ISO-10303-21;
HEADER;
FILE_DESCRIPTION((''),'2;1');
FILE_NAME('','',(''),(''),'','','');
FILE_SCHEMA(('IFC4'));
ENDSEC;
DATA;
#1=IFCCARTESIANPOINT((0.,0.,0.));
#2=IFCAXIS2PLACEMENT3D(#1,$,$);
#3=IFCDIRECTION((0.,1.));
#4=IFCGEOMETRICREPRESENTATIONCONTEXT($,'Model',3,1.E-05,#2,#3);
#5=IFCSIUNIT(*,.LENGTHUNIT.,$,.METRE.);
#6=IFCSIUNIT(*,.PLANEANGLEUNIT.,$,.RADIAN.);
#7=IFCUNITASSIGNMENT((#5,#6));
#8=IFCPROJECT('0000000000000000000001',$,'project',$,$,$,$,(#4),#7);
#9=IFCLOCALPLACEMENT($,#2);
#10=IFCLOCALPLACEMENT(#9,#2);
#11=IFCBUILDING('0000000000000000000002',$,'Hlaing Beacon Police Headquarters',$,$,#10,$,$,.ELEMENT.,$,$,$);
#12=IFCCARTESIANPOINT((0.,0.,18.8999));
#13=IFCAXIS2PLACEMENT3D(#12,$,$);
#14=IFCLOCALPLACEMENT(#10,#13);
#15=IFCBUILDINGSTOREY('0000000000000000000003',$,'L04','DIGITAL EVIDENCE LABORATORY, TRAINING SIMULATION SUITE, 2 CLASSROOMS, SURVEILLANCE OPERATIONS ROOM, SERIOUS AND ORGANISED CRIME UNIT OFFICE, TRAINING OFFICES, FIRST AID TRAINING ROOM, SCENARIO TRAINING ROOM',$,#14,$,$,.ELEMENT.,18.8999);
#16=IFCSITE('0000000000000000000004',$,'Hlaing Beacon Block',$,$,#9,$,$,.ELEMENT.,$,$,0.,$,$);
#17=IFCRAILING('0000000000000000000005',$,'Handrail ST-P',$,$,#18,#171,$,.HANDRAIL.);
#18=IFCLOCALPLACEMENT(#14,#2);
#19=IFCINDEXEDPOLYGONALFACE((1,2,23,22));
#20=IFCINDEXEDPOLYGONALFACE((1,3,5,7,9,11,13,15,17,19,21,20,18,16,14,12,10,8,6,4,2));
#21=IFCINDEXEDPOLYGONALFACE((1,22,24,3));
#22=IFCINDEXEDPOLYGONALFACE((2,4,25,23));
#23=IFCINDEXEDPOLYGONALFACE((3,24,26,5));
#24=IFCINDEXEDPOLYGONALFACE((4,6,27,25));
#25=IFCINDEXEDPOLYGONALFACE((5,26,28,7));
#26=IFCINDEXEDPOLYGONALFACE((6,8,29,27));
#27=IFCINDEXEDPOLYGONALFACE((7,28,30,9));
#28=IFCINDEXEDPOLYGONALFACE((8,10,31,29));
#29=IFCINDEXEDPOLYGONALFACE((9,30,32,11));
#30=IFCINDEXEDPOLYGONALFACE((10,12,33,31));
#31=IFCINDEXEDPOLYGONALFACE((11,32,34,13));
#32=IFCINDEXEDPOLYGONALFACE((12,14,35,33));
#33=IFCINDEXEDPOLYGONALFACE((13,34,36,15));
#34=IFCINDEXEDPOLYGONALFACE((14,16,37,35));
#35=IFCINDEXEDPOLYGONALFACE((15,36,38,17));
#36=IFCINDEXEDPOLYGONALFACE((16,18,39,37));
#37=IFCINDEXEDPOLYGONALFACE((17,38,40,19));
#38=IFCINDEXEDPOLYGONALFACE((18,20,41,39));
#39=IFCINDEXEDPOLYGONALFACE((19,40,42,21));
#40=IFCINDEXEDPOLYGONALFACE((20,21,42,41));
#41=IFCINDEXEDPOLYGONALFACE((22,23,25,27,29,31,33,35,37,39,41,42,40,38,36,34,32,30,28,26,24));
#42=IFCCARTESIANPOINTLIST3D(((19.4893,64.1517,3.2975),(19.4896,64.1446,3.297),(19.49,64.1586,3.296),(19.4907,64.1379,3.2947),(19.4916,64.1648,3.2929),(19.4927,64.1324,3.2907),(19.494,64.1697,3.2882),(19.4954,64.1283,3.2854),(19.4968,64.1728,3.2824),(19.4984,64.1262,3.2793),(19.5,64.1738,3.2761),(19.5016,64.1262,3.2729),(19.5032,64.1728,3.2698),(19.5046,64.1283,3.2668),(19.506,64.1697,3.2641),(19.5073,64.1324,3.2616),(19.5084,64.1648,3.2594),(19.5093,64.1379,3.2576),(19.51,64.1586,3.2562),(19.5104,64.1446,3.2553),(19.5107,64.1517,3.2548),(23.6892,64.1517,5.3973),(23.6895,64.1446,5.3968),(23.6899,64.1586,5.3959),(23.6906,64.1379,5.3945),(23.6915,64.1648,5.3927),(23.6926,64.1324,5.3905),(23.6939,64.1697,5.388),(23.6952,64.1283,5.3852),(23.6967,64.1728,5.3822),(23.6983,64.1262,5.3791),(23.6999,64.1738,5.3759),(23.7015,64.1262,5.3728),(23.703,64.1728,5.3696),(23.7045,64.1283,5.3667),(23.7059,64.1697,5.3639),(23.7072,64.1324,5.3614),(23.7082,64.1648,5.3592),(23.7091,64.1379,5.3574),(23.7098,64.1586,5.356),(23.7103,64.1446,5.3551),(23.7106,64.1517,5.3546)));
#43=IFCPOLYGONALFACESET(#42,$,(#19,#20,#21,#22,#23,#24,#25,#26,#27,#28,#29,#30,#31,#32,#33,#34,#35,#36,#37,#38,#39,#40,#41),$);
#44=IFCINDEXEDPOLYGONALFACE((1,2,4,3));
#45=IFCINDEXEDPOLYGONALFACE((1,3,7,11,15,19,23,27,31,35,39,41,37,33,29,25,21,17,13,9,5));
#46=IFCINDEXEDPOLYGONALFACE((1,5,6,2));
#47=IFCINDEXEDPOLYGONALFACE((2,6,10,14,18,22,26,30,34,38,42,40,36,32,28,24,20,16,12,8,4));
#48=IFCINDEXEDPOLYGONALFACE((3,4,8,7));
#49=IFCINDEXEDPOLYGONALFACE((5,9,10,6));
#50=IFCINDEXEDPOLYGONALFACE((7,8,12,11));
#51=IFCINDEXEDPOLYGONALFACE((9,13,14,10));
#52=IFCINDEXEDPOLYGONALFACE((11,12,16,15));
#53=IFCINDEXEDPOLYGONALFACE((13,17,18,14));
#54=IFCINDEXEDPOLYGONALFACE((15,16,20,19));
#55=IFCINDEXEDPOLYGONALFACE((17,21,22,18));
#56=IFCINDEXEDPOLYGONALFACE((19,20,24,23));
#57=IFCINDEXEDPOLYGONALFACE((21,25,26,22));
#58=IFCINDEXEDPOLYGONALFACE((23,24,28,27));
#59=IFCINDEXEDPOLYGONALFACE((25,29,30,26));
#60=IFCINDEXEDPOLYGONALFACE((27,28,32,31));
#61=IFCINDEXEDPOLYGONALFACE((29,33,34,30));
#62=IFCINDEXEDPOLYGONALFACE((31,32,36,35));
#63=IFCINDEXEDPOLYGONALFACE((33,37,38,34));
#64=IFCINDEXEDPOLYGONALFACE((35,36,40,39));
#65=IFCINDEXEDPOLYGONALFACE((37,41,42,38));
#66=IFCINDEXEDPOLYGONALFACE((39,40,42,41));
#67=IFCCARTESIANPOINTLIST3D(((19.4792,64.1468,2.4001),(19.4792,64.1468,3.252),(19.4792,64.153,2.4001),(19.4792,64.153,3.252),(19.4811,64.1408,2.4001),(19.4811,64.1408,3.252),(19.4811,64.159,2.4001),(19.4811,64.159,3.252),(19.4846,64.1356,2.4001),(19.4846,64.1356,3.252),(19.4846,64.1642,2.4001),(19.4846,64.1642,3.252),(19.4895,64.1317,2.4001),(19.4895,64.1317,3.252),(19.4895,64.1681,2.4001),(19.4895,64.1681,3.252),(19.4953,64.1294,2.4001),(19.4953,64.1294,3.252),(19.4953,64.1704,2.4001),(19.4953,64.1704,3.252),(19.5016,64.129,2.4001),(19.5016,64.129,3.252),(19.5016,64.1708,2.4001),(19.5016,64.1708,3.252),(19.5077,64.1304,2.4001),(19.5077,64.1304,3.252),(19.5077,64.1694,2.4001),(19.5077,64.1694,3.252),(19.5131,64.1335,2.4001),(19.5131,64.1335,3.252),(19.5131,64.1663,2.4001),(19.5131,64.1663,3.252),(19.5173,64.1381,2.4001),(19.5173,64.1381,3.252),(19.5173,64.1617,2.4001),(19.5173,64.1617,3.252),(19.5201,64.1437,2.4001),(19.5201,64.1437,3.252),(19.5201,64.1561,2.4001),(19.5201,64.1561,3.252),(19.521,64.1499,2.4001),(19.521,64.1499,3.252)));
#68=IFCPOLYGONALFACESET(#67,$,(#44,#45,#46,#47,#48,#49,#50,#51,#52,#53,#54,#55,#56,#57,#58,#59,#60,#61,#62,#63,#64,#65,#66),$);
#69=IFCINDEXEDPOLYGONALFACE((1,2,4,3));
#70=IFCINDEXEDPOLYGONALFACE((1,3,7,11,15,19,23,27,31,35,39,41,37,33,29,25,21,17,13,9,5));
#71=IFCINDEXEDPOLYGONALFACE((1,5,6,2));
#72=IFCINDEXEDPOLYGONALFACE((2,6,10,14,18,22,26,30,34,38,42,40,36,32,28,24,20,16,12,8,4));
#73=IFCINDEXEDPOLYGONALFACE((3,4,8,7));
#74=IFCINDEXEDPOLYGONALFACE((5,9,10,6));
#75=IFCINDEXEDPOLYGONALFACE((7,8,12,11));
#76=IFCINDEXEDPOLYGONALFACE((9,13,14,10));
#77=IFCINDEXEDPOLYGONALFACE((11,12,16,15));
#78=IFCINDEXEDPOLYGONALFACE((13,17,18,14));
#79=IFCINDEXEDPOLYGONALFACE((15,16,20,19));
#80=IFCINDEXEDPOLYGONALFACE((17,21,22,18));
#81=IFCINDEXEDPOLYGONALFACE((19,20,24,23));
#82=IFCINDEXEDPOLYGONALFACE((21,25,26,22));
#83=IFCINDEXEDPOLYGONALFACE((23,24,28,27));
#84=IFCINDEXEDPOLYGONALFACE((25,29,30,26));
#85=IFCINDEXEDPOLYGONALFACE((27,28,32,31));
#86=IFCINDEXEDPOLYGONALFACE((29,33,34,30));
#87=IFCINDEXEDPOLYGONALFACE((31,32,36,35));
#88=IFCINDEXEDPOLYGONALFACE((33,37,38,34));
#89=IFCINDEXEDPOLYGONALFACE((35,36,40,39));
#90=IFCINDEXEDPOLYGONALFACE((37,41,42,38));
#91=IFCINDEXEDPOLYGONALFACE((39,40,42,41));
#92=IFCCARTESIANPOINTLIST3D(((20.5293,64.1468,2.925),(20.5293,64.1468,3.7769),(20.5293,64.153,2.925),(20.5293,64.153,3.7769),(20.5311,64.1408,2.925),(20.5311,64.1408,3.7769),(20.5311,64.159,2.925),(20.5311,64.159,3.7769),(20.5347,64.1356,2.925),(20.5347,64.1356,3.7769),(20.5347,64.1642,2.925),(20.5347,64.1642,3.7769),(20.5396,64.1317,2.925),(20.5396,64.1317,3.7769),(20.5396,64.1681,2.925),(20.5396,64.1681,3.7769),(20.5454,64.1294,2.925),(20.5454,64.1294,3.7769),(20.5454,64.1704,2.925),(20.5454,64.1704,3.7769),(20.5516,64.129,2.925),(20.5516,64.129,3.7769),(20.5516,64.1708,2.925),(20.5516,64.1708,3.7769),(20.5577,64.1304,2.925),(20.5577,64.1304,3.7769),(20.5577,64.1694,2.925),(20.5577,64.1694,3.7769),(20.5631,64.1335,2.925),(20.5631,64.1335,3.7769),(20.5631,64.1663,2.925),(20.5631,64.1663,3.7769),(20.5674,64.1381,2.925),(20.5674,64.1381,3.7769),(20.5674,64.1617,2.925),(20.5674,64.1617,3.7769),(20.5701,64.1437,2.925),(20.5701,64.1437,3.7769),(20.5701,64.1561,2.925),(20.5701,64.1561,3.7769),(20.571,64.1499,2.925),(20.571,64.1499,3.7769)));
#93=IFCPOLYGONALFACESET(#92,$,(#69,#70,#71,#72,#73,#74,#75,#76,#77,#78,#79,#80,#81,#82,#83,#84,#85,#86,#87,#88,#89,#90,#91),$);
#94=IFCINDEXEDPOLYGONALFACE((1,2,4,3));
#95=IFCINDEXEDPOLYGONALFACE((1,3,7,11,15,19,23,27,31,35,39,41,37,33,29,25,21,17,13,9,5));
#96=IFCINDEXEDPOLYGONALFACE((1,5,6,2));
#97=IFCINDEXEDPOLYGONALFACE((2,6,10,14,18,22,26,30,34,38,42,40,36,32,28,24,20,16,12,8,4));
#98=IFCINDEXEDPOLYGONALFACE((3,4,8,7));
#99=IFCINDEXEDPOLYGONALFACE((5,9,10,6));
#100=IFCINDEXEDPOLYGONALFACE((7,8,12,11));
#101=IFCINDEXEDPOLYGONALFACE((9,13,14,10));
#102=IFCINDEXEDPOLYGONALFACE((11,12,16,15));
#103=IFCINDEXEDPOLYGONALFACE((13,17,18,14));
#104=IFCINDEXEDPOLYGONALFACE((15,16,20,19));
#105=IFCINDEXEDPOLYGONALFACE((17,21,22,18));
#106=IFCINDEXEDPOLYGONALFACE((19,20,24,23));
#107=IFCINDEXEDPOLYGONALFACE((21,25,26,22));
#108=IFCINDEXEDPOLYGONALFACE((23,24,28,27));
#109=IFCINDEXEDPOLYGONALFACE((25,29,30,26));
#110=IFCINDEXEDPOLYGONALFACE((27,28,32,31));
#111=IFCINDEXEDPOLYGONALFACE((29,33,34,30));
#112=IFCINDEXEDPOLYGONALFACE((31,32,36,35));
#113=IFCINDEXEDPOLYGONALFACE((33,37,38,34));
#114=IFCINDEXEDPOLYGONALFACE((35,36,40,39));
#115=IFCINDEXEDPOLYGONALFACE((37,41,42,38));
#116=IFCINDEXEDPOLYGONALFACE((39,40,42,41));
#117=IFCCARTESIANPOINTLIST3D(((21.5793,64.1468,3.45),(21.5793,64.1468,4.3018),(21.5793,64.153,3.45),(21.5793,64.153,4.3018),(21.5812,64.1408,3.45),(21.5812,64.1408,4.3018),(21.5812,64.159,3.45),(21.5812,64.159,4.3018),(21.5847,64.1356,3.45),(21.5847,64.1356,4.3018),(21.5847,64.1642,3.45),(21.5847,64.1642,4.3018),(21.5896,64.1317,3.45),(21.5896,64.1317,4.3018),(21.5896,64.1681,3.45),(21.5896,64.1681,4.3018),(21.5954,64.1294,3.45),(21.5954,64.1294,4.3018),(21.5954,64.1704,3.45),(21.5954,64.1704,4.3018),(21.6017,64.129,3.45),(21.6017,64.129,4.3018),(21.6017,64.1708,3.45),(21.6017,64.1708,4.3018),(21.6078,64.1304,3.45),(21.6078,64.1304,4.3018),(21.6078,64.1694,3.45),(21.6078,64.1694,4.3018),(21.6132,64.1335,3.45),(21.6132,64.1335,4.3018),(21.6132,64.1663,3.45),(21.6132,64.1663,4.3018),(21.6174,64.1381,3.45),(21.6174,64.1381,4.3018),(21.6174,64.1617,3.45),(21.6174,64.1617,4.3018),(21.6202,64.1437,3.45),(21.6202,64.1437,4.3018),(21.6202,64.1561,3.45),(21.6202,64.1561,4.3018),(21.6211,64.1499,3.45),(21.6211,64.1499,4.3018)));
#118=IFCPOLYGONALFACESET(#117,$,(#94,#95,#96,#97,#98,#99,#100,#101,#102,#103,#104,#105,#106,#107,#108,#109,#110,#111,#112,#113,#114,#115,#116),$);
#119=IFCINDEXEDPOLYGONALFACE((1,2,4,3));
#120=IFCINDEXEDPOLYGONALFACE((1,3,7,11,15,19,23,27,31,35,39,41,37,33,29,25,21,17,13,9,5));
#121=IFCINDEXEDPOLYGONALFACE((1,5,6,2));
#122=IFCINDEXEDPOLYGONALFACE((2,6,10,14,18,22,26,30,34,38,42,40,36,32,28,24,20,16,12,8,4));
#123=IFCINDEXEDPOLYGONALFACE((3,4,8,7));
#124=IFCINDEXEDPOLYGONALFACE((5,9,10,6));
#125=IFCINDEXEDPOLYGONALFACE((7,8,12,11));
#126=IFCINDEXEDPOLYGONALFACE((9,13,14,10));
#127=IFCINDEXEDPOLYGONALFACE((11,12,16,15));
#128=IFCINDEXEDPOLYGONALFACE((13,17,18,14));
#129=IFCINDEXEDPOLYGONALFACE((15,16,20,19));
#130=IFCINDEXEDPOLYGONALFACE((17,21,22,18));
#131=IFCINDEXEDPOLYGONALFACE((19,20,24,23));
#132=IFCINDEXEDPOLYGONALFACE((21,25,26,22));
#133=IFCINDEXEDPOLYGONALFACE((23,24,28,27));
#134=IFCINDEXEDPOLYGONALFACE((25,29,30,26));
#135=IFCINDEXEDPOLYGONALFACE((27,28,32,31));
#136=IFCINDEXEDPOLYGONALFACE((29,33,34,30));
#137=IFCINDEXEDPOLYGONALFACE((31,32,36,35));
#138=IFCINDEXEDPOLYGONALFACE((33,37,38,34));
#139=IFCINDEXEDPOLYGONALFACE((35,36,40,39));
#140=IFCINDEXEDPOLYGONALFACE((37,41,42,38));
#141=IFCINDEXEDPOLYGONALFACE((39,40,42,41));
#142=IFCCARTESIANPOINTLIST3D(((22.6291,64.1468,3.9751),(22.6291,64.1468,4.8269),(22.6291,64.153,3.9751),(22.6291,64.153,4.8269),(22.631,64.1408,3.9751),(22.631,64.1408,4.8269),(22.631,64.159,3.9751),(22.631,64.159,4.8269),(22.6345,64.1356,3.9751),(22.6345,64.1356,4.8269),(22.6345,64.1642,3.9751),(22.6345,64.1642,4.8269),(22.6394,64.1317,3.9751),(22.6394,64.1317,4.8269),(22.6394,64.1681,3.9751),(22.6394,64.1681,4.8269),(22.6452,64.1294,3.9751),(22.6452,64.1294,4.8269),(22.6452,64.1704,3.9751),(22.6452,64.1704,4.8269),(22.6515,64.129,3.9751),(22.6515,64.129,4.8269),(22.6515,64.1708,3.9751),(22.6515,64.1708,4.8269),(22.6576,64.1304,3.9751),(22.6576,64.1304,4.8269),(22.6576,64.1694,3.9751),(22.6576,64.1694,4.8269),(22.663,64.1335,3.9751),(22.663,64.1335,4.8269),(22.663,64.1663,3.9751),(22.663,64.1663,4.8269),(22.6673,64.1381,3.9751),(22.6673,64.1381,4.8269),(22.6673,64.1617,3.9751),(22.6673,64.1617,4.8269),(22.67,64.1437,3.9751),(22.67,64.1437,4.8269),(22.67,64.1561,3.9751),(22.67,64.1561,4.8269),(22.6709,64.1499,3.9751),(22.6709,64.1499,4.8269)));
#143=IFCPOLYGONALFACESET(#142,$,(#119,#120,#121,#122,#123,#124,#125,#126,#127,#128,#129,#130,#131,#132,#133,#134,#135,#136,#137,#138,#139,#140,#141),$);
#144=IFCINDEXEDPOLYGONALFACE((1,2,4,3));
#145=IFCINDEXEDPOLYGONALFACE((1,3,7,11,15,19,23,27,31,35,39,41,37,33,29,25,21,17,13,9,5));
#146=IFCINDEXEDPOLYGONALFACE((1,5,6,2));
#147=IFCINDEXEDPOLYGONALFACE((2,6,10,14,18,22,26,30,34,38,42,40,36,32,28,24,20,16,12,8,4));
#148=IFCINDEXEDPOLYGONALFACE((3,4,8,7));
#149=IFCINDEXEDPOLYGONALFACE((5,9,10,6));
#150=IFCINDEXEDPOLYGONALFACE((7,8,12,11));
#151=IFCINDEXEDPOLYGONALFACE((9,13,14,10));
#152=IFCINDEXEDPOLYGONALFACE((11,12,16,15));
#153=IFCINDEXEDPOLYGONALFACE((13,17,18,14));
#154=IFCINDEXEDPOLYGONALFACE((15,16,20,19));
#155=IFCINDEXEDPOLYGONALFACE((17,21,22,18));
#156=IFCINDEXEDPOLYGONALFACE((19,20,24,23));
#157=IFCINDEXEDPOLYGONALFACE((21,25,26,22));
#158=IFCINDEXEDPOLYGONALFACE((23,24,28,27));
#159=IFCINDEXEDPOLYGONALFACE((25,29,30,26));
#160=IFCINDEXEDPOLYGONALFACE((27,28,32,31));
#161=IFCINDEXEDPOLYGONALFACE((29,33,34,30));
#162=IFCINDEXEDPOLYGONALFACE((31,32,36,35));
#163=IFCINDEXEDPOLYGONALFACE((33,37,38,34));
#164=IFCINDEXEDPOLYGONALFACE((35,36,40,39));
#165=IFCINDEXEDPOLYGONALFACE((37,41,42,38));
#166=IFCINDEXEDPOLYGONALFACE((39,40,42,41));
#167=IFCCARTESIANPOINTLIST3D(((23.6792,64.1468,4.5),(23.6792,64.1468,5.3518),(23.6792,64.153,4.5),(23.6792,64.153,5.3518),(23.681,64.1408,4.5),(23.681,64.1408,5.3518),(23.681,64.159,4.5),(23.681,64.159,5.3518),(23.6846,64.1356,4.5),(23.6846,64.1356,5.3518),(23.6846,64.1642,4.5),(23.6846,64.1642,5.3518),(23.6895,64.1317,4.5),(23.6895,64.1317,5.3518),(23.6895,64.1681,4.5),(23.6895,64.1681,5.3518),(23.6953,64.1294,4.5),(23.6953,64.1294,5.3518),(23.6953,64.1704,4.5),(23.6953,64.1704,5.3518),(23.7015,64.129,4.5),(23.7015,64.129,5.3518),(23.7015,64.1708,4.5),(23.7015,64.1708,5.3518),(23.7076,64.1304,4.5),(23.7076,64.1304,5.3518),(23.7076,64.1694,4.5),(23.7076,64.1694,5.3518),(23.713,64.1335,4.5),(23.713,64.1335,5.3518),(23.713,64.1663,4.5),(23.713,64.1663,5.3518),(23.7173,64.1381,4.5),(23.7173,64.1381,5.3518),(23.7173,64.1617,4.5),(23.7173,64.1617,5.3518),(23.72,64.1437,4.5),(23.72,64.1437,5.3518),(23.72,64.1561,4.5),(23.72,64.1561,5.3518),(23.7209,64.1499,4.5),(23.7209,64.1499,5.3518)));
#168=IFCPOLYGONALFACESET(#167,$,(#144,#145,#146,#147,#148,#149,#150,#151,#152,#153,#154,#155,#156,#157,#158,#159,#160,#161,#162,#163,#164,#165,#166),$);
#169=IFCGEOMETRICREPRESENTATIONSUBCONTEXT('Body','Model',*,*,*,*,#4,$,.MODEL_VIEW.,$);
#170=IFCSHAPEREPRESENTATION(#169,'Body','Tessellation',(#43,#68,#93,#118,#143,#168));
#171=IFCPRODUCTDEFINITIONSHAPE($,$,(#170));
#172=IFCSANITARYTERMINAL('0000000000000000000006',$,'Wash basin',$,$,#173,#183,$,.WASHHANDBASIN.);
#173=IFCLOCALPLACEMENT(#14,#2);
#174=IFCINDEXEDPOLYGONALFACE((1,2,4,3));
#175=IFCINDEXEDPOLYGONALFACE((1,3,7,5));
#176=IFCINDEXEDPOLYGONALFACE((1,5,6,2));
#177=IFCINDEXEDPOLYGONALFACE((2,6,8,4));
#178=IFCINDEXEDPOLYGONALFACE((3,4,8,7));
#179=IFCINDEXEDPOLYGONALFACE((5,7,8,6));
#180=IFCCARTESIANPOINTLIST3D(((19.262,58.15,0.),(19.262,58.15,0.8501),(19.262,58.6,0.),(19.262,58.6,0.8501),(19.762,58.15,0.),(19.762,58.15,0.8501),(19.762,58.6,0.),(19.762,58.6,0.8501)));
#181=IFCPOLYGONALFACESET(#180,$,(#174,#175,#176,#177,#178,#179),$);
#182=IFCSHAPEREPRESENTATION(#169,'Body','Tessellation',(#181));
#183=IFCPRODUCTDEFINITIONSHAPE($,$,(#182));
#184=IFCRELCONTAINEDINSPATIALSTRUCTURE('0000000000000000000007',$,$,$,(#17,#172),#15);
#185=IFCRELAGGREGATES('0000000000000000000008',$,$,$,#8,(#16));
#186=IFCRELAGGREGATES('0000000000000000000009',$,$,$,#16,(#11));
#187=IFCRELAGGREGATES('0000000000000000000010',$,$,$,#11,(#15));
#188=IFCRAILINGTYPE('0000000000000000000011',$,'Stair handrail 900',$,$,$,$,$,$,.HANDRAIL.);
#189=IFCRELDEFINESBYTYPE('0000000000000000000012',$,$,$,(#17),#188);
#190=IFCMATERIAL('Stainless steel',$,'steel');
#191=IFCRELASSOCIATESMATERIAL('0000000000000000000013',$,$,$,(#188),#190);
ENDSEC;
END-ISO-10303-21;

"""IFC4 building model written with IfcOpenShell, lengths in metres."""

from ifc_helpers import new_model, si_unit, direction, frame, origin, origin_2d, place, context, subcontext, project, spatial, rectangle, circle, extrude, material, type_object, element, save


model = new_model("IFC4")

# Units and contexts
model_context = context("Model", 3, precision=1e-05, world=origin(), true_north=direction((0.0, 1.0)))
body_context = subcontext(model_context, "Body", "Model", "MODEL_VIEW")
ifc_project = project(units=[si_unit("LENGTHUNIT", "METRE"), si_unit("PLANEANGLEUNIT", "RADIAN")], contexts=[model_context])

# Site, building, storey
site_placement = place(None, origin())
site = spatial("IfcSite", under=ifc_project, at=site_placement, Name="Hlaing Beacon Block", CompositionType="ELEMENT", RefElevation=0.0)
building_placement = place(site_placement, origin())
building = spatial("IfcBuilding", under=site, at=building_placement, Name="Hlaing Beacon Police Headquarters", CompositionType="ELEMENT")
storey_placement = place(building_placement, frame((0.0, 0.0, 18.8999)))
storey = spatial("IfcBuildingStorey", under=building, at=storey_placement, Name="L04", Description="DIGITAL EVIDENCE LABORATORY, TRAINING SIMULATION SUITE, 2 CLASSROOMS, SURVEILLANCE OPERATIONS ROOM, SERIOUS AND ORGANISED CRIME UNIT OFFICE, TRAINING OFFICES, FIRST AID TRAINING ROOM, SCENARIO TRAINING ROOM", CompositionType="ELEMENT", Elevation=18.8999)

# Railing
ifc_material_1 = material(Name="Stainless steel", Category="steel")
railing_type_1 = type_object("IfcRailingType", Name="Stair handrail 900", PredefinedType="HANDRAIL", material=ifc_material_1)
for number, where, name in (
    (1, (19.5, 64.1499, 2.4001), "Handrail ST-P"),
):
    element("IfcRailing", number, at=place(storey_placement, frame(where)), inside=storey, type_object=railing_type_1, Name=name, PredefinedType="HANDRAIL", context=body_context, shape_type="SweptSolid", body=[
        extrude(circle(Radius=0.0239, at=origin_2d()), frame((0.0, 0.0, 0.876), z_axis=(0.894438, 0.0, 0.447193), x_axis=(0.0, 1.0, 0.0)), (0.0, 0.0, 1.0), 4.6956),
        extrude(circle(Radius=0.021, at=origin_2d()), origin(), (0.0, 0.0, 1.0), 0.8518),
        extrude(circle(Radius=0.021, at=origin_2d()), frame((1.05, 0.0, 0.5249)), (0.0, 0.0, 1.0), 0.8518),
        extrude(circle(Radius=0.021, at=origin_2d()), frame((2.1001, 0.0, 1.0498)), (0.0, 0.0, 1.0), 0.8518),
        extrude(circle(Radius=0.021, at=origin_2d()), frame((3.1499, 0.0, 1.575)), (0.0, 0.0, 1.0), 0.8518),
        extrude(circle(Radius=0.021, at=origin_2d()), frame((4.2, 0.0, 2.0999)), (0.0, 0.0, 1.0), 0.8518),
    ])

# Sanitary terminal
sanitary_terminal_placement = place(storey_placement, frame((19.512, 58.375, 0.0), z_axis=(0.0, 0.0, 1.0), x_axis=(1.0, 0.0, 0.0)))
element("IfcSanitaryTerminal", 2, at=sanitary_terminal_placement, inside=storey, Name="Wash basin", PredefinedType="WASHHANDBASIN", context=body_context, shape_type="SweptSolid", body=[
    extrude(rectangle(XDim=0.5, YDim=0.45, at=origin_2d()), origin(), (0.0, 0.0, 1.0), 0.8501),
])

save(model, "model.ifc")
